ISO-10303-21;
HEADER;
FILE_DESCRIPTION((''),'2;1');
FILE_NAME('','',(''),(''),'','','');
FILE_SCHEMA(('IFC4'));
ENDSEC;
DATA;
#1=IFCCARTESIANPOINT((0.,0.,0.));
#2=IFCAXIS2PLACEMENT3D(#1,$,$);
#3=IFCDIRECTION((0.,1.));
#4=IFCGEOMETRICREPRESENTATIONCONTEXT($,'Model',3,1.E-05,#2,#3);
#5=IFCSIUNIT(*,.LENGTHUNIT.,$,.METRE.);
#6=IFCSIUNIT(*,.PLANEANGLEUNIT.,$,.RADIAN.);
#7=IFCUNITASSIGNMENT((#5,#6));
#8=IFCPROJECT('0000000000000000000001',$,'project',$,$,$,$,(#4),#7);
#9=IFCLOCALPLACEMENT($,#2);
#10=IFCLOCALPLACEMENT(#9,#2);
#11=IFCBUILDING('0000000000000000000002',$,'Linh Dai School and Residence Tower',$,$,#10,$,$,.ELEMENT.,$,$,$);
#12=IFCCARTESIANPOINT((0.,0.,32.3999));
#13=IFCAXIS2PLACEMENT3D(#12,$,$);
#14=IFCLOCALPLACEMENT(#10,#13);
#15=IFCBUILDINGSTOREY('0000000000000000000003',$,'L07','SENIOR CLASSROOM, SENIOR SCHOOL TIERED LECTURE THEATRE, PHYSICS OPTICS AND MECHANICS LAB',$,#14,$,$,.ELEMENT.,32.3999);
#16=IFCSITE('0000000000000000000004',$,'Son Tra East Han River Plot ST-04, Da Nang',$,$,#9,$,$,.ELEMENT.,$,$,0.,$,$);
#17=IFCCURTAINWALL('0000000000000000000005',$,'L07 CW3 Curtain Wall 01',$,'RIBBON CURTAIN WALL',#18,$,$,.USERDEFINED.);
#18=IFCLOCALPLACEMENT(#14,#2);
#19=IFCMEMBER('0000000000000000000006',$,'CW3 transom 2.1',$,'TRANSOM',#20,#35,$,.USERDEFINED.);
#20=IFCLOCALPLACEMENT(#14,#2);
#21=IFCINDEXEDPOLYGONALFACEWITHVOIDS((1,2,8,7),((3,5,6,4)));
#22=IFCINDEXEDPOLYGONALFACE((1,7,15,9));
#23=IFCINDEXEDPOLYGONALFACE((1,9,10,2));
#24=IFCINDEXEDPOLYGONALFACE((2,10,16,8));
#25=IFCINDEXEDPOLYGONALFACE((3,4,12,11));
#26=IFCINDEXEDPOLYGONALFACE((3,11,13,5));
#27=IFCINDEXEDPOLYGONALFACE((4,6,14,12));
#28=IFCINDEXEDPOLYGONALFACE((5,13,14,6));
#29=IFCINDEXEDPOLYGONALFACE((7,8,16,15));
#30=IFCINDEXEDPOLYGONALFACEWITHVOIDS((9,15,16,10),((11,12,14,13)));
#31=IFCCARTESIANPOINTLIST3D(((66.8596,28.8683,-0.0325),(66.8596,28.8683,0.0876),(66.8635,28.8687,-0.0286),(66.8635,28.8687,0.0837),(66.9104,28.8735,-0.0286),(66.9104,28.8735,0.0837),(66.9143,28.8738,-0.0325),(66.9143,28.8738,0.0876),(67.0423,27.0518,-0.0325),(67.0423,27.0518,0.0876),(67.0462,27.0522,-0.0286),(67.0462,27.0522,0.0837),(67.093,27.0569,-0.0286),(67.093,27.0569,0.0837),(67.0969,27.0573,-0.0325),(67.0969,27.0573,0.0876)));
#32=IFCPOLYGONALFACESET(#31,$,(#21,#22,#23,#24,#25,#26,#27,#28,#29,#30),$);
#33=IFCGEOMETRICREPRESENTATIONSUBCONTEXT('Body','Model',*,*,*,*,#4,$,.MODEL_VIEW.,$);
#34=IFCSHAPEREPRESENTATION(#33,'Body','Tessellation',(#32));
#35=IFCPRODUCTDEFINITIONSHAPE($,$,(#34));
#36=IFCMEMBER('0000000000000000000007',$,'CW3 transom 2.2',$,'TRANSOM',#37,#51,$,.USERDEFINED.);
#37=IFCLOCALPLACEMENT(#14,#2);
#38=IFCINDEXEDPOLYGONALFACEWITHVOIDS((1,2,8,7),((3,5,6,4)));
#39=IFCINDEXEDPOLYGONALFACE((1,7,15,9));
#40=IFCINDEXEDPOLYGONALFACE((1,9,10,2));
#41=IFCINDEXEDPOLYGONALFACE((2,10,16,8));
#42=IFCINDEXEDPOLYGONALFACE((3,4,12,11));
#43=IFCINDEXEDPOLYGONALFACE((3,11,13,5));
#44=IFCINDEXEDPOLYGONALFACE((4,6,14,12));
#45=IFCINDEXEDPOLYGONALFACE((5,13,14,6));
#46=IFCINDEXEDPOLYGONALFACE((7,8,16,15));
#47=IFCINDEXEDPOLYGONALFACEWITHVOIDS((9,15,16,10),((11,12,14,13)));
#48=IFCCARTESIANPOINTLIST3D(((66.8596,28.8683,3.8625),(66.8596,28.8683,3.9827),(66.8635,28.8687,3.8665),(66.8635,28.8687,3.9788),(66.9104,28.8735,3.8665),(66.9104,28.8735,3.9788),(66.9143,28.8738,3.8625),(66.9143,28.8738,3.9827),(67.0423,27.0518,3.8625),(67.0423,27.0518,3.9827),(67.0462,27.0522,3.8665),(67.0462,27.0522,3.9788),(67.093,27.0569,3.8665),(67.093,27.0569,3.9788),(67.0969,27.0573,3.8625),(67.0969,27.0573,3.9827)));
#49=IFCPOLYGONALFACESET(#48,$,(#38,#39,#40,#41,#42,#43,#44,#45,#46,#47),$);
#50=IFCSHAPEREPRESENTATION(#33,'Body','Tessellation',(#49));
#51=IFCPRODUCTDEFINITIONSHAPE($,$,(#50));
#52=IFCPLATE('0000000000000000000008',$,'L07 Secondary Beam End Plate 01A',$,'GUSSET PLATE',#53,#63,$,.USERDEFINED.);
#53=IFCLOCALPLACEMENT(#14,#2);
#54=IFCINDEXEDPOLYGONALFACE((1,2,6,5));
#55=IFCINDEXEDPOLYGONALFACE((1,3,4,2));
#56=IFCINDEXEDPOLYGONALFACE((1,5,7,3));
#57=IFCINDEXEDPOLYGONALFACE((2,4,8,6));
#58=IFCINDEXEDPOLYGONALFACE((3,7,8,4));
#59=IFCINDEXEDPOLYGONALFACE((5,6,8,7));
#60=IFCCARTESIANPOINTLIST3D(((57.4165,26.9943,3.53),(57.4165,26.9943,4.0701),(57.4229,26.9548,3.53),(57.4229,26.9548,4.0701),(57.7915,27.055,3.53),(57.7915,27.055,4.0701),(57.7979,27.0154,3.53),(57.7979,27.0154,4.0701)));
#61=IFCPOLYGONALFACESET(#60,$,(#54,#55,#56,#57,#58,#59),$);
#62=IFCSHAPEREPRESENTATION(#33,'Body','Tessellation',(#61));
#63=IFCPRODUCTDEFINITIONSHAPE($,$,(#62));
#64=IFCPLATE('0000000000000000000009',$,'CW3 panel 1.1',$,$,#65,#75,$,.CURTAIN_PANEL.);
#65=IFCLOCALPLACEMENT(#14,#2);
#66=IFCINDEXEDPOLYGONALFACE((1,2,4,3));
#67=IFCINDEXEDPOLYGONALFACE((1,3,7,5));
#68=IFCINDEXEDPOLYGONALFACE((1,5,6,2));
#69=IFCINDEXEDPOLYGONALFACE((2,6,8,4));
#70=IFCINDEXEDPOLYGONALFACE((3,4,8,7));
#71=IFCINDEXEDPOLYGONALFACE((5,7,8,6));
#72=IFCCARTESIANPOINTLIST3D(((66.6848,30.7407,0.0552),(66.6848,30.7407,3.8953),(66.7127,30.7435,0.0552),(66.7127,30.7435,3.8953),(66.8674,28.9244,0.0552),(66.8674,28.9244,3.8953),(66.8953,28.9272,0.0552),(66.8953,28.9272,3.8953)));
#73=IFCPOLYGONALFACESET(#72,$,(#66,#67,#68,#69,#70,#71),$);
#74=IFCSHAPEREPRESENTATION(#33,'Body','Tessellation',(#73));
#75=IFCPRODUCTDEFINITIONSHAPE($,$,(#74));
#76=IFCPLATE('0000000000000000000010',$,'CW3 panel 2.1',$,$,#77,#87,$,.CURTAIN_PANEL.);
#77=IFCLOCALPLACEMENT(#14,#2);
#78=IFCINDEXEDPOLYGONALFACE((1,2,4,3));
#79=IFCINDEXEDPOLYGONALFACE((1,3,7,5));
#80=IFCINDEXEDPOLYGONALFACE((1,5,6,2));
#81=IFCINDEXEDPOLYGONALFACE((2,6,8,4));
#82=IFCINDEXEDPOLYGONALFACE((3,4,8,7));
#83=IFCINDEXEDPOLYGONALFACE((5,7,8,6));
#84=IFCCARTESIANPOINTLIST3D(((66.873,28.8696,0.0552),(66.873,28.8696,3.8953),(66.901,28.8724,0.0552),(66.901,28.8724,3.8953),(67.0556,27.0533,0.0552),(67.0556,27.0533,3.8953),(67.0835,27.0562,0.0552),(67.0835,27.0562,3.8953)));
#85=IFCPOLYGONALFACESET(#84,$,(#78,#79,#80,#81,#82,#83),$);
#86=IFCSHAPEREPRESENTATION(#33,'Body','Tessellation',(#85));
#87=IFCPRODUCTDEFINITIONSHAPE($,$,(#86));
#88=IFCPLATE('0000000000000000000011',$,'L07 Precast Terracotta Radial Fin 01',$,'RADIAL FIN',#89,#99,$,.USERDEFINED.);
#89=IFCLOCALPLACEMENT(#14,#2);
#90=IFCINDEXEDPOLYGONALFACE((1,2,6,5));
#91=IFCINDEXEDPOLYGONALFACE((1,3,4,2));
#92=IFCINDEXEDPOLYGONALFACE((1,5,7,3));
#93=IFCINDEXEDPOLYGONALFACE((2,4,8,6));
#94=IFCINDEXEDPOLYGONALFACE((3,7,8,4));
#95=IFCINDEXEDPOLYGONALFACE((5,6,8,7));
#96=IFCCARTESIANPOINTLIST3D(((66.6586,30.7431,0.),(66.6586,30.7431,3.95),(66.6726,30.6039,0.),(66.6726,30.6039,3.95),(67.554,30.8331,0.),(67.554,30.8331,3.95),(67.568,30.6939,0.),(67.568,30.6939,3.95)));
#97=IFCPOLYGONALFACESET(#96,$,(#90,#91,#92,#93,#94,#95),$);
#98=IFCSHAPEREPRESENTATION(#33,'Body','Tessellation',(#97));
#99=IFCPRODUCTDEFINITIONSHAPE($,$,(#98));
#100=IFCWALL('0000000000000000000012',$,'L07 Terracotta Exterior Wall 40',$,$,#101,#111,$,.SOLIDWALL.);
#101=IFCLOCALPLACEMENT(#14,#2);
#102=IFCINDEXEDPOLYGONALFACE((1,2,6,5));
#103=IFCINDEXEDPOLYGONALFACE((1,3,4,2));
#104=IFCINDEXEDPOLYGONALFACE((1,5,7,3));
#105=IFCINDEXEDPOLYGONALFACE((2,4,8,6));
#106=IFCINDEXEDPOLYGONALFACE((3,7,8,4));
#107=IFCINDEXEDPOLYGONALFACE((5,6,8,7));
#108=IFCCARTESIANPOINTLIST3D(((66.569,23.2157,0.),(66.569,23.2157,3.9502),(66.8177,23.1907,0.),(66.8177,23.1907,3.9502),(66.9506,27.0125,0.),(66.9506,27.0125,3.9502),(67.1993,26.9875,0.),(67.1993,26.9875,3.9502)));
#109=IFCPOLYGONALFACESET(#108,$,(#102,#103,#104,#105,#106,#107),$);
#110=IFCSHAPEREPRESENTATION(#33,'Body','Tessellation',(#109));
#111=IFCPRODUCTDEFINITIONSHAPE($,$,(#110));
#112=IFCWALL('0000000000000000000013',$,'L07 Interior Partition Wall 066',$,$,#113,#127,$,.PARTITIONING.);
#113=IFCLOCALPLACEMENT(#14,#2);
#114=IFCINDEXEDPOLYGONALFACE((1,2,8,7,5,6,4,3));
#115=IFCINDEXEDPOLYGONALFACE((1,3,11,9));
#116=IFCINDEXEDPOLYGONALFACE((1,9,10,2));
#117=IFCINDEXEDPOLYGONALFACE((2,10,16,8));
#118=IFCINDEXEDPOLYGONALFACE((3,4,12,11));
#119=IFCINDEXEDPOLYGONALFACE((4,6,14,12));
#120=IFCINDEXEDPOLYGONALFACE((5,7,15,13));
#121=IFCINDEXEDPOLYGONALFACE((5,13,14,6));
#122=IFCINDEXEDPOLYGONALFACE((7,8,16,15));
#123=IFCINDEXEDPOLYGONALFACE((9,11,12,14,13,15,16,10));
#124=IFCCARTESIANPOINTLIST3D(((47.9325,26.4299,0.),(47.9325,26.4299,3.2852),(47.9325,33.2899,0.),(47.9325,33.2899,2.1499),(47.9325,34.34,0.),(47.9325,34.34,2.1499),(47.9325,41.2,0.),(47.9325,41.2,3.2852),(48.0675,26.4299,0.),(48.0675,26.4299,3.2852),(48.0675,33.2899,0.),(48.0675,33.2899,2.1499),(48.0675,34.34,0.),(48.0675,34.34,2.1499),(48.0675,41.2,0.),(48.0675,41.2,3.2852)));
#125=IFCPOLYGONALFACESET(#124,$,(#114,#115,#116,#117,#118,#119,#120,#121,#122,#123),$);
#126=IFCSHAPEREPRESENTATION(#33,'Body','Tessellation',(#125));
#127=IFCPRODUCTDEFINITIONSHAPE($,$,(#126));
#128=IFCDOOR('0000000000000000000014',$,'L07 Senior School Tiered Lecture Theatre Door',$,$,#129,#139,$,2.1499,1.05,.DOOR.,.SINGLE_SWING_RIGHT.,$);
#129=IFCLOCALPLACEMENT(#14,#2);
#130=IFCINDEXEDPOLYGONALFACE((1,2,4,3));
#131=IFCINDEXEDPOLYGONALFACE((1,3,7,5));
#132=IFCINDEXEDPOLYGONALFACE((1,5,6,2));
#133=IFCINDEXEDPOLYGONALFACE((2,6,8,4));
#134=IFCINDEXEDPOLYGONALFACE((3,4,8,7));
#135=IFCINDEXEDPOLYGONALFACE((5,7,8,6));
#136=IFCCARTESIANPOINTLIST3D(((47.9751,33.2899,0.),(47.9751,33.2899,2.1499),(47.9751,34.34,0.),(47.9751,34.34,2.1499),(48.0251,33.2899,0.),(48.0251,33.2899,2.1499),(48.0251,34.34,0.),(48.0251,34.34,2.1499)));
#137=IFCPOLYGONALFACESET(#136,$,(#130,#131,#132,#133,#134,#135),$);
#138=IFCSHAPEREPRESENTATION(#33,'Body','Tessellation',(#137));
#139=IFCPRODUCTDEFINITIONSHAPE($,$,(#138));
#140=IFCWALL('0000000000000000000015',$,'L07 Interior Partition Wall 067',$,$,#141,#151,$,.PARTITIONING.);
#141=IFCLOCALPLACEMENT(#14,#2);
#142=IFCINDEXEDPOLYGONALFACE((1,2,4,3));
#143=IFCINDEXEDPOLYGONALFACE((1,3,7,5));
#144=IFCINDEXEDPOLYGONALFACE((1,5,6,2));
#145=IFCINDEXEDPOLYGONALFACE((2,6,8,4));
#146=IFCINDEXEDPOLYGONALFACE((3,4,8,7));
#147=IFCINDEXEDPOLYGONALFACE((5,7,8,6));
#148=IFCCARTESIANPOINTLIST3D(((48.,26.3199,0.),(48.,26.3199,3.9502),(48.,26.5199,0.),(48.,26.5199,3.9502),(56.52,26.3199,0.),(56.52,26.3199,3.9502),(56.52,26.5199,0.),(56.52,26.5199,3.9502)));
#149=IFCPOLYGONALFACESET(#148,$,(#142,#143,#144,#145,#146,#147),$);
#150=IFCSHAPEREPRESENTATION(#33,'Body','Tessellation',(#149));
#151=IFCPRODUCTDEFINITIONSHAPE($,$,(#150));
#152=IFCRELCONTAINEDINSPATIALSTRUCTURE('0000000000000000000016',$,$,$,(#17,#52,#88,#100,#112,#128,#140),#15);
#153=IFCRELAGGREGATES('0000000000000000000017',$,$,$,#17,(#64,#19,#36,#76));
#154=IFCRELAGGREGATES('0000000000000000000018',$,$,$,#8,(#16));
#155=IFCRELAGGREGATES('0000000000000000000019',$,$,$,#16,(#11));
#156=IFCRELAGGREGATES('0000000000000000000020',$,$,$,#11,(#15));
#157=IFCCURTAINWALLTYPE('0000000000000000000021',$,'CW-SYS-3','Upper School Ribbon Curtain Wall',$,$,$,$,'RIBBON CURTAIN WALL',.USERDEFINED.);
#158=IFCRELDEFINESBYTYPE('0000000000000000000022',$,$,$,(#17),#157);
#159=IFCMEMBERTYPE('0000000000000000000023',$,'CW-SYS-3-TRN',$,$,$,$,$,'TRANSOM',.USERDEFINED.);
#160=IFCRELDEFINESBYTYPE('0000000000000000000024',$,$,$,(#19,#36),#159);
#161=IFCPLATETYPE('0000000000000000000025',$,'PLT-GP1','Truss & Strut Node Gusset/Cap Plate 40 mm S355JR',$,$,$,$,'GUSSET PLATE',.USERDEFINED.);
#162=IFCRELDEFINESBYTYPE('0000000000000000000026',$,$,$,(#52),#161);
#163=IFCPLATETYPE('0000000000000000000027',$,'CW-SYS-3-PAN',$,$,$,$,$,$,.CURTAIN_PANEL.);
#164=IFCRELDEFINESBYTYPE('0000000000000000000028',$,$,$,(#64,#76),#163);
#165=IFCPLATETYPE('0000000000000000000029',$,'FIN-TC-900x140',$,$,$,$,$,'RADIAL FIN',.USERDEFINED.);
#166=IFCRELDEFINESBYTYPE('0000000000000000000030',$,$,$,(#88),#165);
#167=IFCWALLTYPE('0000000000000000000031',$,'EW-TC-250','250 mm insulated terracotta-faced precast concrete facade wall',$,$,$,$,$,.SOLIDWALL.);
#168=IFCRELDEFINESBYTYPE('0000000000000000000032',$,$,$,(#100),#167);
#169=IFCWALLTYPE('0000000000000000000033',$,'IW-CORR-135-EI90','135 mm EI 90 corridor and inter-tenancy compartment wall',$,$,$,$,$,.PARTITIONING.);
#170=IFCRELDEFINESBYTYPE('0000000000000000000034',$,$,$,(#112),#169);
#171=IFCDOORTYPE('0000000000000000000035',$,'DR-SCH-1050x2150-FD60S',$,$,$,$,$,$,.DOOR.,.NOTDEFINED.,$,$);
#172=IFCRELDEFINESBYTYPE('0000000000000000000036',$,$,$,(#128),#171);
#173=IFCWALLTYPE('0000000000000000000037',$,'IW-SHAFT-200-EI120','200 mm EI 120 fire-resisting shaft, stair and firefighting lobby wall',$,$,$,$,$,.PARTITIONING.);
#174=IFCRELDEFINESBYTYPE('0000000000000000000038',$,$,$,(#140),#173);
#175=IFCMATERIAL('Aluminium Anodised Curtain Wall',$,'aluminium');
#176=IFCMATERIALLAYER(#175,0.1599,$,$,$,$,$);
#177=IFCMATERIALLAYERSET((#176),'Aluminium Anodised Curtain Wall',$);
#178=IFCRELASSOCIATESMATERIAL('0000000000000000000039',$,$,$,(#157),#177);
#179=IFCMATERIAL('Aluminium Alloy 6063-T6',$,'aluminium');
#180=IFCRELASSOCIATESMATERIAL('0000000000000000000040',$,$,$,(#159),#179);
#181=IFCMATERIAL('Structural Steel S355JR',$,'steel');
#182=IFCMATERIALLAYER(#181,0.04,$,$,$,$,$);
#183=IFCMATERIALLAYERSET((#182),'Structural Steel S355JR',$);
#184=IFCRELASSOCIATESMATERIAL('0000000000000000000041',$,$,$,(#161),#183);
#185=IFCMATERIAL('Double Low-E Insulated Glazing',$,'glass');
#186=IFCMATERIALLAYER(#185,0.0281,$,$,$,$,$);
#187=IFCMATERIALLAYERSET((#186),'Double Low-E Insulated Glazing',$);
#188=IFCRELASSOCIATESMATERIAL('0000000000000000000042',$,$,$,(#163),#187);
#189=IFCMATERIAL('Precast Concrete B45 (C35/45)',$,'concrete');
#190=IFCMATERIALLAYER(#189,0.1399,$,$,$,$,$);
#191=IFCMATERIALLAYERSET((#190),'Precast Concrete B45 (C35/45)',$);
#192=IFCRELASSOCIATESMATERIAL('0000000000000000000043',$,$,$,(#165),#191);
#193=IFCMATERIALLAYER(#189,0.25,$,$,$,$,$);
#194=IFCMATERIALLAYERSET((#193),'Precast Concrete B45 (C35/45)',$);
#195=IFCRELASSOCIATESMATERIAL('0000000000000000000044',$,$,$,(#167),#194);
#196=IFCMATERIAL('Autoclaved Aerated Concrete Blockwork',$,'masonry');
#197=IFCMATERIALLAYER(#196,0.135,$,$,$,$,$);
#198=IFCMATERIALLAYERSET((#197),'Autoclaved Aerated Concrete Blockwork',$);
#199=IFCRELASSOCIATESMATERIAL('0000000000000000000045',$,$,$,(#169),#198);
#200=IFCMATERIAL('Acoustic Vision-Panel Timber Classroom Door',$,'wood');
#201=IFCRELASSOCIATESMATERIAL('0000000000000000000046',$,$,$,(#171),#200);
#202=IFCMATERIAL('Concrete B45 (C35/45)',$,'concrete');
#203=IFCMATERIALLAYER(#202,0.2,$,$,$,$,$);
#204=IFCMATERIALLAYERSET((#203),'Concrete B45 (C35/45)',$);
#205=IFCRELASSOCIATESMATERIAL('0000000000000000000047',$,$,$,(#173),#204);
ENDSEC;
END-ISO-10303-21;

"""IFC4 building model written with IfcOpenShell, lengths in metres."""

from ifc_helpers import new_model, si_unit, direction, frame, frame_2d, origin, origin_2d, place, context, subcontext, project, spatial, rectangle, hollow_rectangle, extrude, source, transform, mapped, material, layer, layer_set, material_profile, profile_set, type_object, element, fill, aggregate, save


model = new_model("IFC4")

# Units and contexts
model_context = context("Model", 3, precision=1e-05, world=origin(), true_north=direction((0.0, 1.0)))
body_context = subcontext(model_context, "Body", "Model", "MODEL_VIEW")
ifc_project = project(units=[si_unit("LENGTHUNIT", "METRE"), si_unit("PLANEANGLEUNIT", "RADIAN")], contexts=[model_context])

# Site, building, storey
site_placement = place(None, origin())
site = spatial("IfcSite", under=ifc_project, at=site_placement, Name="Son Tra East Han River Plot ST-04, Da Nang", CompositionType="ELEMENT", RefElevation=0.0)
building_placement = place(site_placement, origin())
building = spatial("IfcBuilding", under=site, at=building_placement, Name="Linh Dai School and Residence Tower", CompositionType="ELEMENT")
storey_placement = place(building_placement, frame((0.0, 0.0, 32.3999)))
storey = spatial("IfcBuildingStorey", under=building, at=storey_placement, Name="L07", Description="SENIOR CLASSROOM, SENIOR SCHOOL TIERED LECTURE THEATRE, PHYSICS OPTICS AND MECHANICS LAB", CompositionType="ELEMENT", Elevation=32.3999)

# Shared definitions
ifc_material_1 = material(Name="Structural Steel S355JR", Category="steel")

# Curtain wall, members
ifc_material_2 = material(Name="Aluminium Anodised Curtain Wall", Category="aluminium")
ifc_layer_1 = layer(ifc_material_2, 0.1599)
ifc_layer_set_1 = layer_set([ifc_layer_1], Name="Aluminium Anodised Curtain Wall")
curtain_wall_type = type_object("IfcCurtainWallType", Name="CW-SYS-3", Description="Upper School Ribbon Curtain Wall", ElementType="RIBBON CURTAIN WALL", PredefinedType="USERDEFINED", material=ifc_layer_set_1)
curtain_wall_placement = place(storey_placement, origin())
curtain_wall = element("IfcCurtainWall", 1, at=curtain_wall_placement, inside=storey, type_object=curtain_wall_type, Name="L07 CW3 Curtain Wall 01", ObjectType="RIBBON CURTAIN WALL", PredefinedType="USERDEFINED")
ifc_material_3 = material(Name="Aluminium Alloy 6063-T6", Category="aluminium")
ifc_material_profile_1 = material_profile(ifc_material_3, hollow_rectangle(XDim=0.0549, YDim=0.1201, WallThickness=0.0039, at=origin_2d()), Name="RHS 120x55x4")
ifc_profile_set_1 = profile_set([ifc_material_profile_1], Name="Aluminium Alloy 6063-T6")
member_type_1 = type_object("IfcMemberType", Name="CW-SYS-3-TRN", ElementType="TRANSOM", PredefinedType="USERDEFINED", material=ifc_profile_set_1)
shared_shape_1 = source(origin(), body_context, "Body", "SweptSolid", [
    extrude(hollow_rectangle(XDim=0.0549, YDim=0.1201, WallThickness=0.0039, at=origin_2d()), origin(), (0.0, 0.0, 1.0), 1.8257),
])
member_1_placement = place(storey_placement, frame((66.887, 28.8711, 0.0276), z_axis=(0.100033, -0.994984, 0.0), x_axis=(0.994984, 0.100033, 0.0)))
member_1 = element("IfcMember", 2, at=member_1_placement, type_object=member_type_1, Name="CW3 transom 2.1", ObjectType="TRANSOM", PredefinedType="USERDEFINED", context=body_context, shape_type="MappedRepresentation", body=[
    mapped(shared_shape_1, transform((0.0, 0.0, 0.0), x_axis=(1.0, 0.0, 0.0), y_axis=(0.0, 1.0, 0.0), z_axis=(0.0, 0.0, 1.0), scale=1.0)),
])
member_2_placement = place(storey_placement, frame((66.887, 28.8711, 3.9226), z_axis=(0.100033, -0.994984, 0.0), x_axis=(0.994984, 0.100033, 0.0)))
member_2 = element("IfcMember", 3, at=member_2_placement, type_object=member_type_1, Name="CW3 transom 2.2", ObjectType="TRANSOM", PredefinedType="USERDEFINED", context=body_context, shape_type="MappedRepresentation", body=[
    mapped(shared_shape_1, transform((0.0, 0.0, 0.0), x_axis=(1.0, 0.0, 0.0), y_axis=(0.0, 1.0, 0.0), z_axis=(0.0, 0.0, 1.0), scale=1.0)),
])

# Plates
ifc_layer_2 = layer(ifc_material_1, 0.04)
ifc_layer_set_2 = layer_set([ifc_layer_2], Name="Structural Steel S355JR")
plate_type_1 = type_object("IfcPlateType", Name="PLT-GP1", Description="Truss & Strut Node Gusset/Cap Plate 40 mm S355JR", ElementType="GUSSET PLATE", PredefinedType="USERDEFINED", material=ifc_layer_set_2)
shared_shape_2 = source(origin(), body_context, "Body", "SweptSolid", [
    extrude(rectangle(XDim=0.04, YDim=0.3799, at=origin_2d()), origin(), (0.0, 0.0, 1.0), 0.54),
])
plate_1_placement = place(storey_placement, frame((57.6072, 27.0049, 3.53), z_axis=(0.0, 0.0, 1.0), x_axis=(-0.159659, 0.987172, 0.0)))
element("IfcPlate", 4, at=plate_1_placement, inside=storey, type_object=plate_type_1, Name="L07 Secondary Beam End Plate 01A", ObjectType="GUSSET PLATE", PredefinedType="USERDEFINED", context=body_context, shape_type="MappedRepresentation", body=[
    mapped(shared_shape_2, transform((0.0, 0.0, 0.0), x_axis=(1.0, 0.0, 0.0), y_axis=(0.0, 1.0, 0.0), z_axis=(0.0, 0.0, 1.0), scale=1.0)),
])
ifc_material_4 = material(Name="Double Low-E Insulated Glazing", Category="glass")
ifc_layer_3 = layer(ifc_material_4, 0.0281)
ifc_layer_set_3 = layer_set([ifc_layer_3], Name="Double Low-E Insulated Glazing")
plate_type_2 = type_object("IfcPlateType", Name="CW-SYS-3-PAN", PredefinedType="CURTAIN_PANEL", material=ifc_layer_set_3)
shared_shape_3 = source(origin(), body_context, "Body", "SweptSolid", [
    extrude(rectangle(XDim=1.8254, YDim=0.0281, at=origin_2d()), origin(), (0.0, 0.0, 1.0), 3.8401),
])
plate_2_placement = place(storey_placement, frame((66.79, 29.834, 0.0552), z_axis=(0.0, 0.0, 1.0), x_axis=(0.100009, -0.994986, 0.0)))
plate_2 = element("IfcPlate", 5, at=plate_2_placement, type_object=plate_type_2, Name="CW3 panel 1.1", PredefinedType="CURTAIN_PANEL", context=body_context, shape_type="MappedRepresentation", body=[
    mapped(shared_shape_3, transform((0.0, 0.0, 0.0), x_axis=(1.0, 0.0, 0.0), y_axis=(0.0, 1.0, 0.0), z_axis=(0.0, 0.0, 1.0), scale=1.0)),
])
plate_3_placement = place(storey_placement, frame((66.9783, 27.9629, 0.0552), z_axis=(0.0, 0.0, 1.0), x_axis=(0.100009, -0.994986, 0.0)))
plate_3 = element("IfcPlate", 6, at=plate_3_placement, type_object=plate_type_2, Name="CW3 panel 2.1", PredefinedType="CURTAIN_PANEL", context=body_context, shape_type="MappedRepresentation", body=[
    mapped(shared_shape_3, transform((0.0, 0.0, 0.0), x_axis=(1.0, 0.0, 0.0), y_axis=(0.0, 1.0, 0.0), z_axis=(0.0, 0.0, 1.0), scale=1.0)),
])
aggregate(curtain_wall, [plate_2, member_1, member_2, plate_3])
ifc_material_5 = material(Name="Precast Concrete B45 (C35/45)", Category="concrete")
ifc_layer_4 = layer(ifc_material_5, 0.1399)
ifc_layer_set_4 = layer_set([ifc_layer_4], Name="Precast Concrete B45 (C35/45)")
plate_type_3 = type_object("IfcPlateType", Name="FIN-TC-900x140", ElementType="RADIAL FIN", PredefinedType="USERDEFINED", material=ifc_layer_set_4)
shared_shape_4 = source(origin(), body_context, "Body", "SweptSolid", [
    extrude(rectangle(XDim=0.8999, YDim=0.1399, at=origin_2d()), origin(), (0.0, 0.0, 1.0), 3.95),
])
plate_4_placement = place(storey_placement, frame((67.1133, 30.7185, 0.0), z_axis=(0.0, 0.0, 1.0), x_axis=(0.994986, 0.100009, 0.0)))
element("IfcPlate", 7, at=plate_4_placement, inside=storey, type_object=plate_type_3, Name="L07 Precast Terracotta Radial Fin 01", ObjectType="RADIAL FIN", PredefinedType="USERDEFINED", context=body_context, shape_type="MappedRepresentation", body=[
    mapped(shared_shape_4, transform((0.0, 0.0, 0.0), x_axis=(1.0, 0.0, 0.0), y_axis=(0.0, 1.0, 0.0), z_axis=(0.0, 0.0, 1.0), scale=1.0)),
])

# Wall
ifc_layer_5 = layer(ifc_material_5, 0.25)
ifc_layer_set_5 = layer_set([ifc_layer_5], Name="Precast Concrete B45 (C35/45)")
wall_type_1 = type_object("IfcWallType", Name="EW-TC-250", Description="250 mm insulated terracotta-faced precast concrete facade wall", PredefinedType="SOLIDWALL", material=ifc_layer_set_5)
wall_1_placement = place(storey_placement, frame((67.075, 27.0, 0.0), z_axis=(0.0, 0.0, 1.0), x_axis=(-0.099998, -0.994988, 0.0)))
element("IfcWall", 8, at=wall_1_placement, inside=storey, type_object=wall_type_1, Name="L07 Terracotta Exterior Wall 40", PredefinedType="SOLIDWALL", context=body_context, shape_type="SweptSolid", body=[
    extrude(rectangle(XDim=3.8159, YDim=0.25, at=frame_2d((1.908, 0.0))), origin(), (0.0, 0.0, 1.0), 3.9502),
])

# Wall, opening, door
ifc_material_6 = material(Name="Autoclaved Aerated Concrete Blockwork", Category="masonry")
ifc_layer_6 = layer(ifc_material_6, 0.135)
ifc_layer_set_6 = layer_set([ifc_layer_6], Name="Autoclaved Aerated Concrete Blockwork")
wall_type_2 = type_object("IfcWallType", Name="IW-CORR-135-EI90", Description="135 mm EI 90 corridor and inter-tenancy compartment wall", PredefinedType="PARTITIONING", material=ifc_layer_set_6)
wall_2_placement = place(storey_placement, frame((48.0, 26.4299, 0.0), z_axis=(0.0, 0.0, 1.0), x_axis=(0.0, 1.0, 0.0)))
wall_2 = element("IfcWall", 9, at=wall_2_placement, inside=storey, type_object=wall_type_2, Name="L07 Interior Partition Wall 066", PredefinedType="PARTITIONING", context=body_context, shape_type="SweptSolid", body=[
    extrude(rectangle(XDim=14.77, YDim=0.135, at=frame_2d((7.385, 0.0))), origin(), (0.0, 0.0, 1.0), 3.2852),
])
opening_placement = place(wall_2_placement, frame((6.8601, 0.0, 0.0)))
opening = element("IfcOpeningElement", 10, at=opening_placement, cuts=wall_2, PredefinedType="OPENING", context=body_context, shape_type="SweptSolid", body=[
    extrude(rectangle(XDim=1.05, YDim=2.1499, at=origin_2d()), frame((0.5249, 0.0776, 1.075), z_axis=(0.0, -1.0, 0.0), x_axis=(1.0, 0.0, 0.0)), (0.0, 0.0, 1.0), 0.155),
])
ifc_material_7 = material(Name="Acoustic Vision-Panel Timber Classroom Door", Category="wood")
door_type = type_object("IfcDoorType", Name="DR-SCH-1050x2150-FD60S", OperationType="NOTDEFINED", PredefinedType="DOOR", material=ifc_material_7)
shared_shape_5 = source(origin(), body_context, "Body", "SweptSolid", [
    extrude(rectangle(XDim=1.05, YDim=2.1499, at=origin_2d()), frame((0.5249, 0.0249, 1.075), z_axis=(0.0, -1.0, 0.0), x_axis=(1.0, 0.0, 0.0)), (0.0, 0.0, 1.0), 0.05),
])
door_placement = place(opening_placement, origin())
door = element("IfcDoor", 11, at=door_placement, inside=storey, type_object=door_type, Name="L07 Senior School Tiered Lecture Theatre Door", OperationType="SINGLE_SWING_RIGHT", OverallHeight=2.1499, OverallWidth=1.05, PredefinedType="DOOR", context=body_context, shape_type="MappedRepresentation", body=[
    mapped(shared_shape_5, transform((0.0, 0.0, 0.0), x_axis=(1.0, 0.0, 0.0), y_axis=(0.0, 1.0, 0.0), z_axis=(0.0, 0.0, 1.0), scale=1.0)),
])
fill(opening, door)

# Wall
ifc_material_8 = material(Name="Concrete B45 (C35/45)", Category="concrete")
ifc_layer_7 = layer(ifc_material_8, 0.2)
ifc_layer_set_7 = layer_set([ifc_layer_7], Name="Concrete B45 (C35/45)")
wall_type_3 = type_object("IfcWallType", Name="IW-SHAFT-200-EI120", Description="200 mm EI 120 fire-resisting shaft, stair and firefighting lobby wall", PredefinedType="PARTITIONING", material=ifc_layer_set_7)
wall_3_placement = place(storey_placement, frame((48.0, 26.4199, 0.0), z_axis=(0.0, 0.0, 1.0), x_axis=(1.0, 0.0, 0.0)))
element("IfcWall", 12, at=wall_3_placement, inside=storey, type_object=wall_type_3, Name="L07 Interior Partition Wall 067", PredefinedType="PARTITIONING", context=body_context, shape_type="SweptSolid", body=[
    extrude(rectangle(XDim=8.52, YDim=0.2, at=frame_2d((4.26, 0.0))), origin(), (0.0, 0.0, 1.0), 3.9502),
])

save(model, "model.ifc")
